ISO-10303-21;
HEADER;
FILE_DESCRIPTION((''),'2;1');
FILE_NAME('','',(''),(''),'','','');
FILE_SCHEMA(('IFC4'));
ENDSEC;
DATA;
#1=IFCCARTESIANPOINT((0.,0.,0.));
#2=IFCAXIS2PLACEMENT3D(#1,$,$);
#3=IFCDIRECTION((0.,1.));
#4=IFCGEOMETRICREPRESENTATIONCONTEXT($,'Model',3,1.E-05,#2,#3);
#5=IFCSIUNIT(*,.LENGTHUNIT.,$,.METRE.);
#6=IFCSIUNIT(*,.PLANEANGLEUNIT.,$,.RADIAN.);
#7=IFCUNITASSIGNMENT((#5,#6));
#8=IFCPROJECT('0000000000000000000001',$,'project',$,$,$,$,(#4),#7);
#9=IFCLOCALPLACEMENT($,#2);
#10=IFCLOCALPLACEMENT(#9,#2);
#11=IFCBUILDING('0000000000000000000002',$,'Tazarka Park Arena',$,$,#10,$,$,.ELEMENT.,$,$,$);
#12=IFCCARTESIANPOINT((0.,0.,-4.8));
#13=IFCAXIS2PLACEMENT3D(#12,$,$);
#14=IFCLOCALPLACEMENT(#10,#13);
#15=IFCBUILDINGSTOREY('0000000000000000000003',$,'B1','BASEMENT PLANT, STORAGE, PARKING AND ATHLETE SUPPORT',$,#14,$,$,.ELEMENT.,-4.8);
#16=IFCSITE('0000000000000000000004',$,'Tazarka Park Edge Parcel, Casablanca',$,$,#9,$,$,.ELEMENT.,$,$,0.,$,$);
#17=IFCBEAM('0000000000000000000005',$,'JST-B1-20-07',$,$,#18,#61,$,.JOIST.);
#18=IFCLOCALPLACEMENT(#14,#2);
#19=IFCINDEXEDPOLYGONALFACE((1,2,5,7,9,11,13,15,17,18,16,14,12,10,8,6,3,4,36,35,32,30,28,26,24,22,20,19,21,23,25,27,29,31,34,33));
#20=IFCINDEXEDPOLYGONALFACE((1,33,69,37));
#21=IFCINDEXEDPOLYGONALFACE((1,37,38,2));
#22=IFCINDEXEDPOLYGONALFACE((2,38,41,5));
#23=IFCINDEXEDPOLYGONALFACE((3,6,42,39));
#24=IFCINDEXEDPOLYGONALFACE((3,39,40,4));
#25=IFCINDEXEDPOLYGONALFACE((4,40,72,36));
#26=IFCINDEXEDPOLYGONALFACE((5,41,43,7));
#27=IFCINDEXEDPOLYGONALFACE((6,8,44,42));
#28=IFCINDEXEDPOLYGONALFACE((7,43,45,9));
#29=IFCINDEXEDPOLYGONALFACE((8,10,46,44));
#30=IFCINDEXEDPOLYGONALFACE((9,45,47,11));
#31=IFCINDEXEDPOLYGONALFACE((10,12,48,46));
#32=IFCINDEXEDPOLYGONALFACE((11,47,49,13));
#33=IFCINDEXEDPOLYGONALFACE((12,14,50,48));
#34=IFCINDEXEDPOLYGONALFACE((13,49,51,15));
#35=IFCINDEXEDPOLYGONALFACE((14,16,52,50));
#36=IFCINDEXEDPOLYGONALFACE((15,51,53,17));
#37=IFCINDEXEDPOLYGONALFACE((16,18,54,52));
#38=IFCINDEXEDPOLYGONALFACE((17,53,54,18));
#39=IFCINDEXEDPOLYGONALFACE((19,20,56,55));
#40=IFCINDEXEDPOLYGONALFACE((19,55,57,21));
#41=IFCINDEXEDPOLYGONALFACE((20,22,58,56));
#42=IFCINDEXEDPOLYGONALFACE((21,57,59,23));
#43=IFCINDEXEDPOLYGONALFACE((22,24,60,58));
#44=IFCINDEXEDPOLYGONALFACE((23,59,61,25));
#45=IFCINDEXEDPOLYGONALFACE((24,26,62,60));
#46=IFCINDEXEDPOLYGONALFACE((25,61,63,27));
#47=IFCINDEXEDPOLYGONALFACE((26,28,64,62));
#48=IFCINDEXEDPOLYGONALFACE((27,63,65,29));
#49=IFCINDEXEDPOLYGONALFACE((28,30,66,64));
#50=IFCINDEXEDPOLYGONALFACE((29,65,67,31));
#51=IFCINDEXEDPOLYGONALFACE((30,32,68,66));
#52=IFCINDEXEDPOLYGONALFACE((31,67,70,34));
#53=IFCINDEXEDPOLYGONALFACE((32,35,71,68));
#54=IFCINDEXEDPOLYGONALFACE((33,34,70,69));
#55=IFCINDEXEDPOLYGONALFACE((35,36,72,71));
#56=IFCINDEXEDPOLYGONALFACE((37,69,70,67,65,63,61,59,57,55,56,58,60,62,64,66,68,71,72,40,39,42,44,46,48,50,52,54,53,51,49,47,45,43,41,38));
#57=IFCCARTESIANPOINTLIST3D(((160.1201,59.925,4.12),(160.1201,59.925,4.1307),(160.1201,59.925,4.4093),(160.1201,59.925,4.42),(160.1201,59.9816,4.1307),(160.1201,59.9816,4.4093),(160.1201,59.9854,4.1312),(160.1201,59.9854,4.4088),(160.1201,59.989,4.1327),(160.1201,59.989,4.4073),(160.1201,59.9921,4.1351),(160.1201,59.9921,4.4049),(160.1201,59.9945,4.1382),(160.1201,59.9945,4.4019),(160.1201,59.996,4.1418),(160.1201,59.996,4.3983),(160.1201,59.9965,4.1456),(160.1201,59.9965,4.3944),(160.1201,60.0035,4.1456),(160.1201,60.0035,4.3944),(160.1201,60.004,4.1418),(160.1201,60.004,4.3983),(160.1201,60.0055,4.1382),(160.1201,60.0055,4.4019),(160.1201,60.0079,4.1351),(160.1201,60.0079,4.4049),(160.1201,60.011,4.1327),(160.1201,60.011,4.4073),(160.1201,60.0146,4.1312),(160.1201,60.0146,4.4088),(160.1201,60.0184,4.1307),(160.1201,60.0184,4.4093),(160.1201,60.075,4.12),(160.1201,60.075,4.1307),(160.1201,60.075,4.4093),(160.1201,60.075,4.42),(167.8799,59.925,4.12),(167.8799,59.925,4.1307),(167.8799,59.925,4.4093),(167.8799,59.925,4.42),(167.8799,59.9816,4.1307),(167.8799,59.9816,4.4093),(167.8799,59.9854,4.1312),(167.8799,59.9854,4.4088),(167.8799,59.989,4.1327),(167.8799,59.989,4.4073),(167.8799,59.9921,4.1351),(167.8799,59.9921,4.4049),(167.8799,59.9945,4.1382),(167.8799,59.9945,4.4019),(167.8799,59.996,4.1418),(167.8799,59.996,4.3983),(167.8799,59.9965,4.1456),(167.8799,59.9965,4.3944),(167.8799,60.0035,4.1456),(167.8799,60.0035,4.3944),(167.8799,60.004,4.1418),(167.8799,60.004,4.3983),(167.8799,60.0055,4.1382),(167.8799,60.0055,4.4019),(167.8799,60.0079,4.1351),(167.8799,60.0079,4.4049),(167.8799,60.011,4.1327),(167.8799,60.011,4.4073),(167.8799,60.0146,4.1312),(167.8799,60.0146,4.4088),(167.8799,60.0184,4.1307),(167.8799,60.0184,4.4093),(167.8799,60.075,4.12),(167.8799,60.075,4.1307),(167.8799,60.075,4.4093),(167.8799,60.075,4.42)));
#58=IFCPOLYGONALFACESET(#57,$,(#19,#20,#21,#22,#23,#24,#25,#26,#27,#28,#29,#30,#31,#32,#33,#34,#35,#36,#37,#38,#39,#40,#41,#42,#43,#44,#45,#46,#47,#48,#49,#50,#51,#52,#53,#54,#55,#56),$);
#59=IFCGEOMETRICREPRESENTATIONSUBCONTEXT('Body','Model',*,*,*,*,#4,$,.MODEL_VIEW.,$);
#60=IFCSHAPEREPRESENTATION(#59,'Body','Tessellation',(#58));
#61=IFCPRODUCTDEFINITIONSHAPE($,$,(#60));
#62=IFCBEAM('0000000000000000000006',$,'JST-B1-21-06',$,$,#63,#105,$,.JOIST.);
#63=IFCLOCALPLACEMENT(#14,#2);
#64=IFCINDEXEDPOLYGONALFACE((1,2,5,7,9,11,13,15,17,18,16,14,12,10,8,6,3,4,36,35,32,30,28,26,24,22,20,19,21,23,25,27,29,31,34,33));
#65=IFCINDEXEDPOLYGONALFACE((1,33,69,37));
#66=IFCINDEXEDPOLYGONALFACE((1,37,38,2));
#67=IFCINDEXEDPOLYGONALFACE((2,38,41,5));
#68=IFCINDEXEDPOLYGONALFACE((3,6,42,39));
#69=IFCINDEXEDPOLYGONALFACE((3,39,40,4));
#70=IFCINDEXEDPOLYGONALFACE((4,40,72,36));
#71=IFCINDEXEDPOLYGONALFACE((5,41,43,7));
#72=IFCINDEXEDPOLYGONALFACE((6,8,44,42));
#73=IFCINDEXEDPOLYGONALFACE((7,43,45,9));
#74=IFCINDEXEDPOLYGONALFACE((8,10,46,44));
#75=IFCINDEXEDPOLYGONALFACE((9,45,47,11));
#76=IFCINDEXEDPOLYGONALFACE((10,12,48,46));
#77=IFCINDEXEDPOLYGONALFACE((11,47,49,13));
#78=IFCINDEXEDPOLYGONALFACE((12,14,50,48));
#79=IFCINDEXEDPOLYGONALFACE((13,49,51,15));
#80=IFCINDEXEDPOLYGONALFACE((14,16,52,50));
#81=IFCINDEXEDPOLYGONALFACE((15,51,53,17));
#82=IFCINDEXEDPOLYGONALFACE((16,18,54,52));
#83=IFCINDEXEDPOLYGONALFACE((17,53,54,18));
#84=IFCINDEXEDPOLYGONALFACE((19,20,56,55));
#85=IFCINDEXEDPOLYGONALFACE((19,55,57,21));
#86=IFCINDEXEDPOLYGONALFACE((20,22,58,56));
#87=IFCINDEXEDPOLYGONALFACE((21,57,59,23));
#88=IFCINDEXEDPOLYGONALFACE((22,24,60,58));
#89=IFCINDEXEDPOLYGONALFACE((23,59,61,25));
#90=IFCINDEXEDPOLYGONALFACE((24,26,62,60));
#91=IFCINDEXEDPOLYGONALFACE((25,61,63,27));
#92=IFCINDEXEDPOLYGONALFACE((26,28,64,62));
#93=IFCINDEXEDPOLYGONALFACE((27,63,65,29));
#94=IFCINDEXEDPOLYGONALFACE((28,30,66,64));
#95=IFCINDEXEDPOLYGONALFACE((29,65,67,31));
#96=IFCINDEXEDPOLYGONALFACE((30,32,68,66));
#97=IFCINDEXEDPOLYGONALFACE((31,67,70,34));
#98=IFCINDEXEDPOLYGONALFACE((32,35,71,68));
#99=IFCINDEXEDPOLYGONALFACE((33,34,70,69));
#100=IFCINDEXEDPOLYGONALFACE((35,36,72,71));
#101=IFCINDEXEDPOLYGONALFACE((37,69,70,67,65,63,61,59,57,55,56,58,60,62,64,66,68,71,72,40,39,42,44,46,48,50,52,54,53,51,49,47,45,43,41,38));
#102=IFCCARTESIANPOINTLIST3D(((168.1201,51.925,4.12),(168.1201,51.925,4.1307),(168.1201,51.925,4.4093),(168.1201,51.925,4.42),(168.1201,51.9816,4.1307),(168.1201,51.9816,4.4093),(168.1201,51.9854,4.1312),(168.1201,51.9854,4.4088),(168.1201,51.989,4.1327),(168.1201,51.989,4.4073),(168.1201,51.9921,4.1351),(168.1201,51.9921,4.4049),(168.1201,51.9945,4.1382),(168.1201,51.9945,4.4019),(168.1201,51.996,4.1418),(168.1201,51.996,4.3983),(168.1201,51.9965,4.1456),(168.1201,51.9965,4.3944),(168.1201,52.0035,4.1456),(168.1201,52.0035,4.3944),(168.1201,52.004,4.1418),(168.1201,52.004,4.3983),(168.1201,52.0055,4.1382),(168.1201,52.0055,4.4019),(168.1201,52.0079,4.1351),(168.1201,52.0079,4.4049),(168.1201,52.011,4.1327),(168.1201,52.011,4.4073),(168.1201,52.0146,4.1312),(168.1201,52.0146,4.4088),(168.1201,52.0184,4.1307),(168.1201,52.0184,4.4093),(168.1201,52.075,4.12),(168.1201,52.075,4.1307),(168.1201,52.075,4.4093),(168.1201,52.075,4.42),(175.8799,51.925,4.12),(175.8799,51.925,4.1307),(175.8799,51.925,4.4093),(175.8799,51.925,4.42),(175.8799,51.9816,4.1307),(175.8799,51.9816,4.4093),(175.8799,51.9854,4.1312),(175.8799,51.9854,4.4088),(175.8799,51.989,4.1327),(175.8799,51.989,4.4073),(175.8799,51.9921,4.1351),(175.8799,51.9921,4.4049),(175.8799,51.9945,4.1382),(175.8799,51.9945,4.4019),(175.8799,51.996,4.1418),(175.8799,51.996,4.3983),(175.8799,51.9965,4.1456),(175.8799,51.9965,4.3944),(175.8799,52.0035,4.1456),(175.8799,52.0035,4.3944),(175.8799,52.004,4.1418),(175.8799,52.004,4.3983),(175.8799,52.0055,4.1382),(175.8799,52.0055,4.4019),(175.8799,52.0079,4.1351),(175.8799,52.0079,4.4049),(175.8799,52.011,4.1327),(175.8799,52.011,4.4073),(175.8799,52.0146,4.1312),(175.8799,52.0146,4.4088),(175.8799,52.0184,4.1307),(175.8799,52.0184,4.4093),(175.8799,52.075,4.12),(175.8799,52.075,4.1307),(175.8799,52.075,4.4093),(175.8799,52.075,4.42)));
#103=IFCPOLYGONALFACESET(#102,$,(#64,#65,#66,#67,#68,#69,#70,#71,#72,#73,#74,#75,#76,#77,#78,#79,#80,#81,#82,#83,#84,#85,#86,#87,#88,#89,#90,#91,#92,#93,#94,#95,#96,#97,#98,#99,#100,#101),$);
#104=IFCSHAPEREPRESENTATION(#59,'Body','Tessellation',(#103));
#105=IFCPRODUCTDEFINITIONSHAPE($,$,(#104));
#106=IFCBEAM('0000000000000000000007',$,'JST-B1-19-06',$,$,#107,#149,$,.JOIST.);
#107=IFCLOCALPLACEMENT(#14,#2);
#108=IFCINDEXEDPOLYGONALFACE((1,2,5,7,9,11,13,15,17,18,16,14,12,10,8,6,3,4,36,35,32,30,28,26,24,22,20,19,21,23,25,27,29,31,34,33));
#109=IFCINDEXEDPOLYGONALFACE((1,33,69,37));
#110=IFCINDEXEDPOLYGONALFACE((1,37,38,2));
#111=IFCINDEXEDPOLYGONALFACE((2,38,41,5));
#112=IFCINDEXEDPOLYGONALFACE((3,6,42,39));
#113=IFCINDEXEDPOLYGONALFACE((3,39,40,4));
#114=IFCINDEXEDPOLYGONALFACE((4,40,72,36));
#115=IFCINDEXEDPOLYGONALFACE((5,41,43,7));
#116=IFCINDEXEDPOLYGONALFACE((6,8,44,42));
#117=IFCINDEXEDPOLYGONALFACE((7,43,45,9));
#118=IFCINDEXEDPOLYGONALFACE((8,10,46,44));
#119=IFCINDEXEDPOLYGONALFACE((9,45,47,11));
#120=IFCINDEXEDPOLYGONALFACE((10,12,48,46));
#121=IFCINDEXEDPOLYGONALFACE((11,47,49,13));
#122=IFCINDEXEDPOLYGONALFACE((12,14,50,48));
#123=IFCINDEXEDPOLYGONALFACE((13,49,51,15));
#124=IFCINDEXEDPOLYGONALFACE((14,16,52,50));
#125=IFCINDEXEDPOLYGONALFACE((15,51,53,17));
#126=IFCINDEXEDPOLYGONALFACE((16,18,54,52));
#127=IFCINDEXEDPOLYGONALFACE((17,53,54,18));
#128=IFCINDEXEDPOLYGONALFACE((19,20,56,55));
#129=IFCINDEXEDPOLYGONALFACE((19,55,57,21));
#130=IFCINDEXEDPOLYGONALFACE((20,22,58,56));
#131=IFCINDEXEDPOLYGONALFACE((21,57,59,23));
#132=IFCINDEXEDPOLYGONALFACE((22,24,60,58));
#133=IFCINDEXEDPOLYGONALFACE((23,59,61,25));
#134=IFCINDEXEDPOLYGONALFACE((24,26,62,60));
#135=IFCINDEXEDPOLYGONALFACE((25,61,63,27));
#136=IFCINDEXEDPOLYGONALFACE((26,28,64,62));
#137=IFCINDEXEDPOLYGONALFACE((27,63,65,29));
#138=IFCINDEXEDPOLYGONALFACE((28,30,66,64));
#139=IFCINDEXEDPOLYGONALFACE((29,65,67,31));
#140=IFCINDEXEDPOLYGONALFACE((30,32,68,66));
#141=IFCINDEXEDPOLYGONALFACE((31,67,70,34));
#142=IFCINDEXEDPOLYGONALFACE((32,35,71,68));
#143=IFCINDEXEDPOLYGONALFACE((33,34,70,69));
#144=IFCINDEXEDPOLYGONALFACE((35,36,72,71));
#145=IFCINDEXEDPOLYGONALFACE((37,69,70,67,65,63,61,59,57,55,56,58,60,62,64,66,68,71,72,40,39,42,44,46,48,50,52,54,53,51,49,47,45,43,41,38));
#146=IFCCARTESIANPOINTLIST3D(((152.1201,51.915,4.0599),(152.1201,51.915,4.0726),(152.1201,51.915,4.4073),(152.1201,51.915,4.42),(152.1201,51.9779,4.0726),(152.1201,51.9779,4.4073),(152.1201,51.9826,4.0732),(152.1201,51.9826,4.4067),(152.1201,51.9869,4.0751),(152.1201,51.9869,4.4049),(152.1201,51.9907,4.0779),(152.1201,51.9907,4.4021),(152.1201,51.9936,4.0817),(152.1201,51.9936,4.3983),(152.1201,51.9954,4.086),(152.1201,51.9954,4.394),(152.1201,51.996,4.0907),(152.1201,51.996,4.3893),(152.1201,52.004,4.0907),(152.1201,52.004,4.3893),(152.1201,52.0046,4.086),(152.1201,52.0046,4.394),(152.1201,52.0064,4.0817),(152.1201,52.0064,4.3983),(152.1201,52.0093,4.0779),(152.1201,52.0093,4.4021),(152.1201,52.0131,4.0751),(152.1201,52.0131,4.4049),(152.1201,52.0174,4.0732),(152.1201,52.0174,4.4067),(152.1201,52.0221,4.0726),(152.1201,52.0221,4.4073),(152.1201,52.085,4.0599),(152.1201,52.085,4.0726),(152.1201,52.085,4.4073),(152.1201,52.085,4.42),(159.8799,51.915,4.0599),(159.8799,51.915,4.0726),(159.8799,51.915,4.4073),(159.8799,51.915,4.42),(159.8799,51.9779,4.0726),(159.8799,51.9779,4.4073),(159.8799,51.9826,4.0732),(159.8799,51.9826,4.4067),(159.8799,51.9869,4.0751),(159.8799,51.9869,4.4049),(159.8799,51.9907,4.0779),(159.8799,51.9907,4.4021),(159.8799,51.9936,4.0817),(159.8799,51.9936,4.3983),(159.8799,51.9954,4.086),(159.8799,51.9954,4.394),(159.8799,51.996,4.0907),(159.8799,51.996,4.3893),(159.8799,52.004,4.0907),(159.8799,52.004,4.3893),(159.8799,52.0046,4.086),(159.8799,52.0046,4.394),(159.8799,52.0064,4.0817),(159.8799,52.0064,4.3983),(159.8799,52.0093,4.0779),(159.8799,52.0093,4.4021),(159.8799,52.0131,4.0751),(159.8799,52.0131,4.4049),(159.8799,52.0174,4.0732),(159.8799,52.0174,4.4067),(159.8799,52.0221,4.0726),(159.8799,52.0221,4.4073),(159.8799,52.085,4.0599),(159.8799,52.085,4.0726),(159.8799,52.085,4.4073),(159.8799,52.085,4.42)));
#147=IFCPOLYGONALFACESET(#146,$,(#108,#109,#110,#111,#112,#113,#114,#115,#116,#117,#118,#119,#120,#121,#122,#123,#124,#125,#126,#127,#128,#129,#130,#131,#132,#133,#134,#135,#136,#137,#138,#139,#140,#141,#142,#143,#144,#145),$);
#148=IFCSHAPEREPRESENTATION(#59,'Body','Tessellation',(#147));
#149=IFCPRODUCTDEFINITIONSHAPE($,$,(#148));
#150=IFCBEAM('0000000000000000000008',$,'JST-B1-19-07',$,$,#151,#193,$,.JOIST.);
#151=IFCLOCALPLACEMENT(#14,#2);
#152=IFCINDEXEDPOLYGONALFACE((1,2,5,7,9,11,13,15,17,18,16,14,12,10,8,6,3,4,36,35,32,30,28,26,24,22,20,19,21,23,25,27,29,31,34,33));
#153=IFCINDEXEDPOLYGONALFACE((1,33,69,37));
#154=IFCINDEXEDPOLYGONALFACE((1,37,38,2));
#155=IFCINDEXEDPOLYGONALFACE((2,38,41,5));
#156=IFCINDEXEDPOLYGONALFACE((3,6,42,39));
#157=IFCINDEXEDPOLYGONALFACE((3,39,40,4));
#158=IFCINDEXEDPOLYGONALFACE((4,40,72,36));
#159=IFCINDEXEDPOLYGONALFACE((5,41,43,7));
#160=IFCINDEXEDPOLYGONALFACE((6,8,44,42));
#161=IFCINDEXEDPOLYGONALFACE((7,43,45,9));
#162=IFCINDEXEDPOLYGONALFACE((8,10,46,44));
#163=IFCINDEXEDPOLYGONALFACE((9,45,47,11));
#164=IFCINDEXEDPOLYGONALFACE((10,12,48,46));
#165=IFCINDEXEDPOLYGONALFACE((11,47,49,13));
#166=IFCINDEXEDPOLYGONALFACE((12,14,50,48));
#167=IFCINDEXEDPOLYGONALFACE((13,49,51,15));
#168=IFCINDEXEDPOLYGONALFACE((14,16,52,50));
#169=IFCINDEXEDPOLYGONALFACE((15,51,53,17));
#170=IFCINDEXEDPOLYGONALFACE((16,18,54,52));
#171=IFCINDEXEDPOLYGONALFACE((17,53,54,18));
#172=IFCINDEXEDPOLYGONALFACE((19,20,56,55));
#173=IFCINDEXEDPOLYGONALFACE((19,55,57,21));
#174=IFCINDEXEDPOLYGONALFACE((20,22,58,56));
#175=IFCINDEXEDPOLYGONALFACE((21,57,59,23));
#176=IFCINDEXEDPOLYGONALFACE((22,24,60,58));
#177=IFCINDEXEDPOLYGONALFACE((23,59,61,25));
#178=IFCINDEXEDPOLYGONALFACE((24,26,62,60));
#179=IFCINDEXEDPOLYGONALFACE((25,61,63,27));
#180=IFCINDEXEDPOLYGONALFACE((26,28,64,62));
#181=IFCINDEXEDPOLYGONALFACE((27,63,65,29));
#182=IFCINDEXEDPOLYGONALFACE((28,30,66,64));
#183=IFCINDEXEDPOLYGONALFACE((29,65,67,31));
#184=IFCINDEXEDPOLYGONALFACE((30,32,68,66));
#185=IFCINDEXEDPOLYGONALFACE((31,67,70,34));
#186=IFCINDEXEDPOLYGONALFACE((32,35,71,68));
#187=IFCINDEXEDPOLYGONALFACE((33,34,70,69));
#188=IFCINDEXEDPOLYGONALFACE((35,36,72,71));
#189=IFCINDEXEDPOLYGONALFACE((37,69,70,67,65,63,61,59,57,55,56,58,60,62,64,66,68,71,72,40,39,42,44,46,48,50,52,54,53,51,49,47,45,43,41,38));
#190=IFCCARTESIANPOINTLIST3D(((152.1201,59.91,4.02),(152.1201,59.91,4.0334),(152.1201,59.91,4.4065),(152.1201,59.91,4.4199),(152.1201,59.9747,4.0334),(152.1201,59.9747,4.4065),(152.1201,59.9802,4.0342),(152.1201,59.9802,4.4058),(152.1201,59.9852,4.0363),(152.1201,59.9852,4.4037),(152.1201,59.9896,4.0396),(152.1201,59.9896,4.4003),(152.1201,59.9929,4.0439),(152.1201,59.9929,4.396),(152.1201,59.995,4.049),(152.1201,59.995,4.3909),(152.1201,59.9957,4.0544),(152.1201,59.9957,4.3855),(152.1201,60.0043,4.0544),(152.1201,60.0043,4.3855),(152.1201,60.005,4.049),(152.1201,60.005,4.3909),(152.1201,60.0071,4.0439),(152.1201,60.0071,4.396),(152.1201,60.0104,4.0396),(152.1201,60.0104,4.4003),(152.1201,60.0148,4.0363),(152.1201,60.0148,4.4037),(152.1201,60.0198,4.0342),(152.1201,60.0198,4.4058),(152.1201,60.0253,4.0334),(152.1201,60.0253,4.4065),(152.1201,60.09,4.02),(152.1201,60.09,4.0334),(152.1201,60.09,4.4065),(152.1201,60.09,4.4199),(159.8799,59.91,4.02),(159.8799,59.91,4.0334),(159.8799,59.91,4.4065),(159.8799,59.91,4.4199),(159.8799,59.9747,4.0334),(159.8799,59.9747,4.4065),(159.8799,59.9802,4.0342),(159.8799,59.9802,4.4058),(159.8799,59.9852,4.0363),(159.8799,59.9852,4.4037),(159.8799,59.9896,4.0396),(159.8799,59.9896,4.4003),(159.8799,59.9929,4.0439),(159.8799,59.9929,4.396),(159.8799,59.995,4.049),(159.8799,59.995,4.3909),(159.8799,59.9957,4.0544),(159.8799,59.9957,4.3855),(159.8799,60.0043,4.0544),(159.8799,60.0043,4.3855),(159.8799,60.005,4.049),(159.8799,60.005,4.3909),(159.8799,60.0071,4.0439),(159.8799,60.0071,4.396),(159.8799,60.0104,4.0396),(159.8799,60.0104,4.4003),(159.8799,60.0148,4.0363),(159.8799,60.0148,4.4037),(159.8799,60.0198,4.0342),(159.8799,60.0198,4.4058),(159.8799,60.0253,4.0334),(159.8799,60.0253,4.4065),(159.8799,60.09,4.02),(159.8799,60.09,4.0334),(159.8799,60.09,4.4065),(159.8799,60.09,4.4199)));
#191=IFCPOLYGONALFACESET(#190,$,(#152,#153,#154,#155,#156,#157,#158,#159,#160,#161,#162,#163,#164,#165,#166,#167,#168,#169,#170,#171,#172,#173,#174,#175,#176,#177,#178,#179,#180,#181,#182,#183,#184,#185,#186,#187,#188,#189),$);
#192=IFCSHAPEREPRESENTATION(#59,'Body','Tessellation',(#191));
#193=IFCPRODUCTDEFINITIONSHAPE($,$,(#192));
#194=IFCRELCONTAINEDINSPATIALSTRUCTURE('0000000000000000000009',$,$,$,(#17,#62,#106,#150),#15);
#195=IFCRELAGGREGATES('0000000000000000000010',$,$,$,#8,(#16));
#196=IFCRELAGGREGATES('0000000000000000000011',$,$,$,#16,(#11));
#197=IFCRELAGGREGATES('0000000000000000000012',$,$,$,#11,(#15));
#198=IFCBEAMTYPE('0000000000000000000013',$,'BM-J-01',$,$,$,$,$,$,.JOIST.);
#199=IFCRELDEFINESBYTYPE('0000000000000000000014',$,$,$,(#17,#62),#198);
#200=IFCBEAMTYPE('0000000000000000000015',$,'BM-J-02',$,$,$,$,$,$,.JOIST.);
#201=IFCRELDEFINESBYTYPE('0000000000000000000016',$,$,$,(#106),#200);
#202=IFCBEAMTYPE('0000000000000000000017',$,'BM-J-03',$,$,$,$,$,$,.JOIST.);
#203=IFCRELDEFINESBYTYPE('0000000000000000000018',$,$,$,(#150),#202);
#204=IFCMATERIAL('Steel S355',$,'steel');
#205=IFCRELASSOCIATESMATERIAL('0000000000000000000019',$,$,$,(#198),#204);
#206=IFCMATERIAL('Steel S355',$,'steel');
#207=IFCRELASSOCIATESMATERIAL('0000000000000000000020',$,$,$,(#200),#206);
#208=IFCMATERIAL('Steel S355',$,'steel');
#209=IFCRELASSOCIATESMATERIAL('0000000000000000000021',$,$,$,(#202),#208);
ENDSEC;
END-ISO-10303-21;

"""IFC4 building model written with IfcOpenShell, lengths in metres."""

from ifc_helpers import new_model, si_unit, direction, frame, origin, origin_2d, place, context, subcontext, project, spatial, i_section, extrude, material, material_profile, profile_set, type_object, element, save


model = new_model("IFC4")

# Units and contexts
model_context = context("Model", 3, precision=1e-05, world=origin(), true_north=direction((0.0, 1.0)))
body_context = subcontext(model_context, "Body", "Model", "MODEL_VIEW")
ifc_project = project(units=[si_unit("LENGTHUNIT", "METRE"), si_unit("PLANEANGLEUNIT", "RADIAN")], contexts=[model_context])

# Site, building, storey
site_placement = place(None, origin())
site = spatial("IfcSite", under=ifc_project, at=site_placement, Name="Tazarka Park Edge Parcel, Casablanca", CompositionType="ELEMENT", RefElevation=0.0)
building_placement = place(site_placement, origin())
building = spatial("IfcBuilding", under=site, at=building_placement, Name="Tazarka Park Arena", CompositionType="ELEMENT")
storey_placement = place(building_placement, frame((0.0, 0.0, -4.8)))
storey = spatial("IfcBuildingStorey", under=building, at=storey_placement, Name="B1", Description="BASEMENT PLANT, STORAGE, PARKING AND ATHLETE SUPPORT", CompositionType="ELEMENT", Elevation=-4.8)

# Beams
ifc_material_1 = material(Name="Steel S355", Category="steel")
ifc_material_profile_1 = material_profile(ifc_material_1, i_section(OverallWidth=0.1499, OverallDepth=0.3, WebThickness=0.0071, FlangeThickness=0.0107, FilletRadius=0.0149, at=origin_2d()), Name="Steel S355")
ifc_profile_set_1 = profile_set([ifc_material_profile_1], Name="Steel S355")
beam_type_1 = type_object("IfcBeamType", Name="BM-J-01", PredefinedType="JOIST", material=ifc_profile_set_1)
for number, where, z_axis, x_axis, name in (
    (1, (160.1201, 60.0, 4.27), (1.0, 0.0, 0.0), (0.0, 1.0, 0.0), "JST-B1-20-07"),
    (2, (168.1201, 52.0, 4.27), (1.0, 0.0, 0.0), (0.0, 1.0, 0.0), "JST-B1-21-06"),
):
    element("IfcBeam", number, at=place(storey_placement, frame(where, z_axis=z_axis, x_axis=x_axis)), inside=storey, type_object=beam_type_1, Name=name, PredefinedType="JOIST", context=body_context, shape_type="SweptSolid", body=[
        extrude(i_section(OverallWidth=0.1499, OverallDepth=0.3, WebThickness=0.0071, FlangeThickness=0.0107, FilletRadius=0.0149, at=origin_2d()), origin(), (0.0, 0.0, 1.0), 7.7598),
    ])
ifc_material_2 = material(Name="Steel S355", Category="steel")
ifc_material_profile_2 = material_profile(ifc_material_2, i_section(OverallWidth=0.1699, OverallDepth=0.3601, WebThickness=0.0081, FlangeThickness=0.0127, FilletRadius=0.0181, at=origin_2d()), Name="Steel S355")
ifc_profile_set_2 = profile_set([ifc_material_profile_2], Name="Steel S355")
beam_type_2 = type_object("IfcBeamType", Name="BM-J-02", PredefinedType="JOIST", material=ifc_profile_set_2)
beam_placement = place(storey_placement, frame((152.1201, 52.0, 4.24), z_axis=(1.0, 0.0, 0.0), x_axis=(0.0, 1.0, 0.0)))
element("IfcBeam", 3, at=beam_placement, inside=storey, type_object=beam_type_2, Name="JST-B1-19-06", PredefinedType="JOIST", context=body_context, shape_type="SweptSolid", body=[
    extrude(i_section(OverallWidth=0.1699, OverallDepth=0.3601, WebThickness=0.0081, FlangeThickness=0.0127, FilletRadius=0.0181, at=origin_2d()), origin(), (0.0, 0.0, 1.0), 7.7598),
])
ifc_material_3 = material(Name="Steel S355", Category="steel")
ifc_material_profile_3 = material_profile(ifc_material_3, i_section(OverallWidth=0.1799, OverallDepth=0.3999, WebThickness=0.0085, FlangeThickness=0.0134, FilletRadius=0.021, at=origin_2d()), Name="Steel S355")
ifc_profile_set_3 = profile_set([ifc_material_profile_3], Name="Steel S355")
beam_type_3 = type_object("IfcBeamType", Name="BM-J-03", PredefinedType="JOIST", material=ifc_profile_set_3)
for number, where, z_axis, x_axis, name in (
    (4, (152.1201, 60.0, 4.22), (1.0, 0.0, 0.0), (0.0, 1.0, 0.0), "JST-B1-19-07"),
):
    element("IfcBeam", number, at=place(storey_placement, frame(where, z_axis=z_axis, x_axis=x_axis)), inside=storey, type_object=beam_type_3, Name=name, PredefinedType="JOIST", context=body_context, shape_type="SweptSolid", body=[
        extrude(i_section(OverallWidth=0.1799, OverallDepth=0.3999, WebThickness=0.0085, FlangeThickness=0.0134, FilletRadius=0.021, at=origin_2d()), origin(), (0.0, 0.0, 1.0), 7.7598),
    ])

save(model, "model.ifc")
